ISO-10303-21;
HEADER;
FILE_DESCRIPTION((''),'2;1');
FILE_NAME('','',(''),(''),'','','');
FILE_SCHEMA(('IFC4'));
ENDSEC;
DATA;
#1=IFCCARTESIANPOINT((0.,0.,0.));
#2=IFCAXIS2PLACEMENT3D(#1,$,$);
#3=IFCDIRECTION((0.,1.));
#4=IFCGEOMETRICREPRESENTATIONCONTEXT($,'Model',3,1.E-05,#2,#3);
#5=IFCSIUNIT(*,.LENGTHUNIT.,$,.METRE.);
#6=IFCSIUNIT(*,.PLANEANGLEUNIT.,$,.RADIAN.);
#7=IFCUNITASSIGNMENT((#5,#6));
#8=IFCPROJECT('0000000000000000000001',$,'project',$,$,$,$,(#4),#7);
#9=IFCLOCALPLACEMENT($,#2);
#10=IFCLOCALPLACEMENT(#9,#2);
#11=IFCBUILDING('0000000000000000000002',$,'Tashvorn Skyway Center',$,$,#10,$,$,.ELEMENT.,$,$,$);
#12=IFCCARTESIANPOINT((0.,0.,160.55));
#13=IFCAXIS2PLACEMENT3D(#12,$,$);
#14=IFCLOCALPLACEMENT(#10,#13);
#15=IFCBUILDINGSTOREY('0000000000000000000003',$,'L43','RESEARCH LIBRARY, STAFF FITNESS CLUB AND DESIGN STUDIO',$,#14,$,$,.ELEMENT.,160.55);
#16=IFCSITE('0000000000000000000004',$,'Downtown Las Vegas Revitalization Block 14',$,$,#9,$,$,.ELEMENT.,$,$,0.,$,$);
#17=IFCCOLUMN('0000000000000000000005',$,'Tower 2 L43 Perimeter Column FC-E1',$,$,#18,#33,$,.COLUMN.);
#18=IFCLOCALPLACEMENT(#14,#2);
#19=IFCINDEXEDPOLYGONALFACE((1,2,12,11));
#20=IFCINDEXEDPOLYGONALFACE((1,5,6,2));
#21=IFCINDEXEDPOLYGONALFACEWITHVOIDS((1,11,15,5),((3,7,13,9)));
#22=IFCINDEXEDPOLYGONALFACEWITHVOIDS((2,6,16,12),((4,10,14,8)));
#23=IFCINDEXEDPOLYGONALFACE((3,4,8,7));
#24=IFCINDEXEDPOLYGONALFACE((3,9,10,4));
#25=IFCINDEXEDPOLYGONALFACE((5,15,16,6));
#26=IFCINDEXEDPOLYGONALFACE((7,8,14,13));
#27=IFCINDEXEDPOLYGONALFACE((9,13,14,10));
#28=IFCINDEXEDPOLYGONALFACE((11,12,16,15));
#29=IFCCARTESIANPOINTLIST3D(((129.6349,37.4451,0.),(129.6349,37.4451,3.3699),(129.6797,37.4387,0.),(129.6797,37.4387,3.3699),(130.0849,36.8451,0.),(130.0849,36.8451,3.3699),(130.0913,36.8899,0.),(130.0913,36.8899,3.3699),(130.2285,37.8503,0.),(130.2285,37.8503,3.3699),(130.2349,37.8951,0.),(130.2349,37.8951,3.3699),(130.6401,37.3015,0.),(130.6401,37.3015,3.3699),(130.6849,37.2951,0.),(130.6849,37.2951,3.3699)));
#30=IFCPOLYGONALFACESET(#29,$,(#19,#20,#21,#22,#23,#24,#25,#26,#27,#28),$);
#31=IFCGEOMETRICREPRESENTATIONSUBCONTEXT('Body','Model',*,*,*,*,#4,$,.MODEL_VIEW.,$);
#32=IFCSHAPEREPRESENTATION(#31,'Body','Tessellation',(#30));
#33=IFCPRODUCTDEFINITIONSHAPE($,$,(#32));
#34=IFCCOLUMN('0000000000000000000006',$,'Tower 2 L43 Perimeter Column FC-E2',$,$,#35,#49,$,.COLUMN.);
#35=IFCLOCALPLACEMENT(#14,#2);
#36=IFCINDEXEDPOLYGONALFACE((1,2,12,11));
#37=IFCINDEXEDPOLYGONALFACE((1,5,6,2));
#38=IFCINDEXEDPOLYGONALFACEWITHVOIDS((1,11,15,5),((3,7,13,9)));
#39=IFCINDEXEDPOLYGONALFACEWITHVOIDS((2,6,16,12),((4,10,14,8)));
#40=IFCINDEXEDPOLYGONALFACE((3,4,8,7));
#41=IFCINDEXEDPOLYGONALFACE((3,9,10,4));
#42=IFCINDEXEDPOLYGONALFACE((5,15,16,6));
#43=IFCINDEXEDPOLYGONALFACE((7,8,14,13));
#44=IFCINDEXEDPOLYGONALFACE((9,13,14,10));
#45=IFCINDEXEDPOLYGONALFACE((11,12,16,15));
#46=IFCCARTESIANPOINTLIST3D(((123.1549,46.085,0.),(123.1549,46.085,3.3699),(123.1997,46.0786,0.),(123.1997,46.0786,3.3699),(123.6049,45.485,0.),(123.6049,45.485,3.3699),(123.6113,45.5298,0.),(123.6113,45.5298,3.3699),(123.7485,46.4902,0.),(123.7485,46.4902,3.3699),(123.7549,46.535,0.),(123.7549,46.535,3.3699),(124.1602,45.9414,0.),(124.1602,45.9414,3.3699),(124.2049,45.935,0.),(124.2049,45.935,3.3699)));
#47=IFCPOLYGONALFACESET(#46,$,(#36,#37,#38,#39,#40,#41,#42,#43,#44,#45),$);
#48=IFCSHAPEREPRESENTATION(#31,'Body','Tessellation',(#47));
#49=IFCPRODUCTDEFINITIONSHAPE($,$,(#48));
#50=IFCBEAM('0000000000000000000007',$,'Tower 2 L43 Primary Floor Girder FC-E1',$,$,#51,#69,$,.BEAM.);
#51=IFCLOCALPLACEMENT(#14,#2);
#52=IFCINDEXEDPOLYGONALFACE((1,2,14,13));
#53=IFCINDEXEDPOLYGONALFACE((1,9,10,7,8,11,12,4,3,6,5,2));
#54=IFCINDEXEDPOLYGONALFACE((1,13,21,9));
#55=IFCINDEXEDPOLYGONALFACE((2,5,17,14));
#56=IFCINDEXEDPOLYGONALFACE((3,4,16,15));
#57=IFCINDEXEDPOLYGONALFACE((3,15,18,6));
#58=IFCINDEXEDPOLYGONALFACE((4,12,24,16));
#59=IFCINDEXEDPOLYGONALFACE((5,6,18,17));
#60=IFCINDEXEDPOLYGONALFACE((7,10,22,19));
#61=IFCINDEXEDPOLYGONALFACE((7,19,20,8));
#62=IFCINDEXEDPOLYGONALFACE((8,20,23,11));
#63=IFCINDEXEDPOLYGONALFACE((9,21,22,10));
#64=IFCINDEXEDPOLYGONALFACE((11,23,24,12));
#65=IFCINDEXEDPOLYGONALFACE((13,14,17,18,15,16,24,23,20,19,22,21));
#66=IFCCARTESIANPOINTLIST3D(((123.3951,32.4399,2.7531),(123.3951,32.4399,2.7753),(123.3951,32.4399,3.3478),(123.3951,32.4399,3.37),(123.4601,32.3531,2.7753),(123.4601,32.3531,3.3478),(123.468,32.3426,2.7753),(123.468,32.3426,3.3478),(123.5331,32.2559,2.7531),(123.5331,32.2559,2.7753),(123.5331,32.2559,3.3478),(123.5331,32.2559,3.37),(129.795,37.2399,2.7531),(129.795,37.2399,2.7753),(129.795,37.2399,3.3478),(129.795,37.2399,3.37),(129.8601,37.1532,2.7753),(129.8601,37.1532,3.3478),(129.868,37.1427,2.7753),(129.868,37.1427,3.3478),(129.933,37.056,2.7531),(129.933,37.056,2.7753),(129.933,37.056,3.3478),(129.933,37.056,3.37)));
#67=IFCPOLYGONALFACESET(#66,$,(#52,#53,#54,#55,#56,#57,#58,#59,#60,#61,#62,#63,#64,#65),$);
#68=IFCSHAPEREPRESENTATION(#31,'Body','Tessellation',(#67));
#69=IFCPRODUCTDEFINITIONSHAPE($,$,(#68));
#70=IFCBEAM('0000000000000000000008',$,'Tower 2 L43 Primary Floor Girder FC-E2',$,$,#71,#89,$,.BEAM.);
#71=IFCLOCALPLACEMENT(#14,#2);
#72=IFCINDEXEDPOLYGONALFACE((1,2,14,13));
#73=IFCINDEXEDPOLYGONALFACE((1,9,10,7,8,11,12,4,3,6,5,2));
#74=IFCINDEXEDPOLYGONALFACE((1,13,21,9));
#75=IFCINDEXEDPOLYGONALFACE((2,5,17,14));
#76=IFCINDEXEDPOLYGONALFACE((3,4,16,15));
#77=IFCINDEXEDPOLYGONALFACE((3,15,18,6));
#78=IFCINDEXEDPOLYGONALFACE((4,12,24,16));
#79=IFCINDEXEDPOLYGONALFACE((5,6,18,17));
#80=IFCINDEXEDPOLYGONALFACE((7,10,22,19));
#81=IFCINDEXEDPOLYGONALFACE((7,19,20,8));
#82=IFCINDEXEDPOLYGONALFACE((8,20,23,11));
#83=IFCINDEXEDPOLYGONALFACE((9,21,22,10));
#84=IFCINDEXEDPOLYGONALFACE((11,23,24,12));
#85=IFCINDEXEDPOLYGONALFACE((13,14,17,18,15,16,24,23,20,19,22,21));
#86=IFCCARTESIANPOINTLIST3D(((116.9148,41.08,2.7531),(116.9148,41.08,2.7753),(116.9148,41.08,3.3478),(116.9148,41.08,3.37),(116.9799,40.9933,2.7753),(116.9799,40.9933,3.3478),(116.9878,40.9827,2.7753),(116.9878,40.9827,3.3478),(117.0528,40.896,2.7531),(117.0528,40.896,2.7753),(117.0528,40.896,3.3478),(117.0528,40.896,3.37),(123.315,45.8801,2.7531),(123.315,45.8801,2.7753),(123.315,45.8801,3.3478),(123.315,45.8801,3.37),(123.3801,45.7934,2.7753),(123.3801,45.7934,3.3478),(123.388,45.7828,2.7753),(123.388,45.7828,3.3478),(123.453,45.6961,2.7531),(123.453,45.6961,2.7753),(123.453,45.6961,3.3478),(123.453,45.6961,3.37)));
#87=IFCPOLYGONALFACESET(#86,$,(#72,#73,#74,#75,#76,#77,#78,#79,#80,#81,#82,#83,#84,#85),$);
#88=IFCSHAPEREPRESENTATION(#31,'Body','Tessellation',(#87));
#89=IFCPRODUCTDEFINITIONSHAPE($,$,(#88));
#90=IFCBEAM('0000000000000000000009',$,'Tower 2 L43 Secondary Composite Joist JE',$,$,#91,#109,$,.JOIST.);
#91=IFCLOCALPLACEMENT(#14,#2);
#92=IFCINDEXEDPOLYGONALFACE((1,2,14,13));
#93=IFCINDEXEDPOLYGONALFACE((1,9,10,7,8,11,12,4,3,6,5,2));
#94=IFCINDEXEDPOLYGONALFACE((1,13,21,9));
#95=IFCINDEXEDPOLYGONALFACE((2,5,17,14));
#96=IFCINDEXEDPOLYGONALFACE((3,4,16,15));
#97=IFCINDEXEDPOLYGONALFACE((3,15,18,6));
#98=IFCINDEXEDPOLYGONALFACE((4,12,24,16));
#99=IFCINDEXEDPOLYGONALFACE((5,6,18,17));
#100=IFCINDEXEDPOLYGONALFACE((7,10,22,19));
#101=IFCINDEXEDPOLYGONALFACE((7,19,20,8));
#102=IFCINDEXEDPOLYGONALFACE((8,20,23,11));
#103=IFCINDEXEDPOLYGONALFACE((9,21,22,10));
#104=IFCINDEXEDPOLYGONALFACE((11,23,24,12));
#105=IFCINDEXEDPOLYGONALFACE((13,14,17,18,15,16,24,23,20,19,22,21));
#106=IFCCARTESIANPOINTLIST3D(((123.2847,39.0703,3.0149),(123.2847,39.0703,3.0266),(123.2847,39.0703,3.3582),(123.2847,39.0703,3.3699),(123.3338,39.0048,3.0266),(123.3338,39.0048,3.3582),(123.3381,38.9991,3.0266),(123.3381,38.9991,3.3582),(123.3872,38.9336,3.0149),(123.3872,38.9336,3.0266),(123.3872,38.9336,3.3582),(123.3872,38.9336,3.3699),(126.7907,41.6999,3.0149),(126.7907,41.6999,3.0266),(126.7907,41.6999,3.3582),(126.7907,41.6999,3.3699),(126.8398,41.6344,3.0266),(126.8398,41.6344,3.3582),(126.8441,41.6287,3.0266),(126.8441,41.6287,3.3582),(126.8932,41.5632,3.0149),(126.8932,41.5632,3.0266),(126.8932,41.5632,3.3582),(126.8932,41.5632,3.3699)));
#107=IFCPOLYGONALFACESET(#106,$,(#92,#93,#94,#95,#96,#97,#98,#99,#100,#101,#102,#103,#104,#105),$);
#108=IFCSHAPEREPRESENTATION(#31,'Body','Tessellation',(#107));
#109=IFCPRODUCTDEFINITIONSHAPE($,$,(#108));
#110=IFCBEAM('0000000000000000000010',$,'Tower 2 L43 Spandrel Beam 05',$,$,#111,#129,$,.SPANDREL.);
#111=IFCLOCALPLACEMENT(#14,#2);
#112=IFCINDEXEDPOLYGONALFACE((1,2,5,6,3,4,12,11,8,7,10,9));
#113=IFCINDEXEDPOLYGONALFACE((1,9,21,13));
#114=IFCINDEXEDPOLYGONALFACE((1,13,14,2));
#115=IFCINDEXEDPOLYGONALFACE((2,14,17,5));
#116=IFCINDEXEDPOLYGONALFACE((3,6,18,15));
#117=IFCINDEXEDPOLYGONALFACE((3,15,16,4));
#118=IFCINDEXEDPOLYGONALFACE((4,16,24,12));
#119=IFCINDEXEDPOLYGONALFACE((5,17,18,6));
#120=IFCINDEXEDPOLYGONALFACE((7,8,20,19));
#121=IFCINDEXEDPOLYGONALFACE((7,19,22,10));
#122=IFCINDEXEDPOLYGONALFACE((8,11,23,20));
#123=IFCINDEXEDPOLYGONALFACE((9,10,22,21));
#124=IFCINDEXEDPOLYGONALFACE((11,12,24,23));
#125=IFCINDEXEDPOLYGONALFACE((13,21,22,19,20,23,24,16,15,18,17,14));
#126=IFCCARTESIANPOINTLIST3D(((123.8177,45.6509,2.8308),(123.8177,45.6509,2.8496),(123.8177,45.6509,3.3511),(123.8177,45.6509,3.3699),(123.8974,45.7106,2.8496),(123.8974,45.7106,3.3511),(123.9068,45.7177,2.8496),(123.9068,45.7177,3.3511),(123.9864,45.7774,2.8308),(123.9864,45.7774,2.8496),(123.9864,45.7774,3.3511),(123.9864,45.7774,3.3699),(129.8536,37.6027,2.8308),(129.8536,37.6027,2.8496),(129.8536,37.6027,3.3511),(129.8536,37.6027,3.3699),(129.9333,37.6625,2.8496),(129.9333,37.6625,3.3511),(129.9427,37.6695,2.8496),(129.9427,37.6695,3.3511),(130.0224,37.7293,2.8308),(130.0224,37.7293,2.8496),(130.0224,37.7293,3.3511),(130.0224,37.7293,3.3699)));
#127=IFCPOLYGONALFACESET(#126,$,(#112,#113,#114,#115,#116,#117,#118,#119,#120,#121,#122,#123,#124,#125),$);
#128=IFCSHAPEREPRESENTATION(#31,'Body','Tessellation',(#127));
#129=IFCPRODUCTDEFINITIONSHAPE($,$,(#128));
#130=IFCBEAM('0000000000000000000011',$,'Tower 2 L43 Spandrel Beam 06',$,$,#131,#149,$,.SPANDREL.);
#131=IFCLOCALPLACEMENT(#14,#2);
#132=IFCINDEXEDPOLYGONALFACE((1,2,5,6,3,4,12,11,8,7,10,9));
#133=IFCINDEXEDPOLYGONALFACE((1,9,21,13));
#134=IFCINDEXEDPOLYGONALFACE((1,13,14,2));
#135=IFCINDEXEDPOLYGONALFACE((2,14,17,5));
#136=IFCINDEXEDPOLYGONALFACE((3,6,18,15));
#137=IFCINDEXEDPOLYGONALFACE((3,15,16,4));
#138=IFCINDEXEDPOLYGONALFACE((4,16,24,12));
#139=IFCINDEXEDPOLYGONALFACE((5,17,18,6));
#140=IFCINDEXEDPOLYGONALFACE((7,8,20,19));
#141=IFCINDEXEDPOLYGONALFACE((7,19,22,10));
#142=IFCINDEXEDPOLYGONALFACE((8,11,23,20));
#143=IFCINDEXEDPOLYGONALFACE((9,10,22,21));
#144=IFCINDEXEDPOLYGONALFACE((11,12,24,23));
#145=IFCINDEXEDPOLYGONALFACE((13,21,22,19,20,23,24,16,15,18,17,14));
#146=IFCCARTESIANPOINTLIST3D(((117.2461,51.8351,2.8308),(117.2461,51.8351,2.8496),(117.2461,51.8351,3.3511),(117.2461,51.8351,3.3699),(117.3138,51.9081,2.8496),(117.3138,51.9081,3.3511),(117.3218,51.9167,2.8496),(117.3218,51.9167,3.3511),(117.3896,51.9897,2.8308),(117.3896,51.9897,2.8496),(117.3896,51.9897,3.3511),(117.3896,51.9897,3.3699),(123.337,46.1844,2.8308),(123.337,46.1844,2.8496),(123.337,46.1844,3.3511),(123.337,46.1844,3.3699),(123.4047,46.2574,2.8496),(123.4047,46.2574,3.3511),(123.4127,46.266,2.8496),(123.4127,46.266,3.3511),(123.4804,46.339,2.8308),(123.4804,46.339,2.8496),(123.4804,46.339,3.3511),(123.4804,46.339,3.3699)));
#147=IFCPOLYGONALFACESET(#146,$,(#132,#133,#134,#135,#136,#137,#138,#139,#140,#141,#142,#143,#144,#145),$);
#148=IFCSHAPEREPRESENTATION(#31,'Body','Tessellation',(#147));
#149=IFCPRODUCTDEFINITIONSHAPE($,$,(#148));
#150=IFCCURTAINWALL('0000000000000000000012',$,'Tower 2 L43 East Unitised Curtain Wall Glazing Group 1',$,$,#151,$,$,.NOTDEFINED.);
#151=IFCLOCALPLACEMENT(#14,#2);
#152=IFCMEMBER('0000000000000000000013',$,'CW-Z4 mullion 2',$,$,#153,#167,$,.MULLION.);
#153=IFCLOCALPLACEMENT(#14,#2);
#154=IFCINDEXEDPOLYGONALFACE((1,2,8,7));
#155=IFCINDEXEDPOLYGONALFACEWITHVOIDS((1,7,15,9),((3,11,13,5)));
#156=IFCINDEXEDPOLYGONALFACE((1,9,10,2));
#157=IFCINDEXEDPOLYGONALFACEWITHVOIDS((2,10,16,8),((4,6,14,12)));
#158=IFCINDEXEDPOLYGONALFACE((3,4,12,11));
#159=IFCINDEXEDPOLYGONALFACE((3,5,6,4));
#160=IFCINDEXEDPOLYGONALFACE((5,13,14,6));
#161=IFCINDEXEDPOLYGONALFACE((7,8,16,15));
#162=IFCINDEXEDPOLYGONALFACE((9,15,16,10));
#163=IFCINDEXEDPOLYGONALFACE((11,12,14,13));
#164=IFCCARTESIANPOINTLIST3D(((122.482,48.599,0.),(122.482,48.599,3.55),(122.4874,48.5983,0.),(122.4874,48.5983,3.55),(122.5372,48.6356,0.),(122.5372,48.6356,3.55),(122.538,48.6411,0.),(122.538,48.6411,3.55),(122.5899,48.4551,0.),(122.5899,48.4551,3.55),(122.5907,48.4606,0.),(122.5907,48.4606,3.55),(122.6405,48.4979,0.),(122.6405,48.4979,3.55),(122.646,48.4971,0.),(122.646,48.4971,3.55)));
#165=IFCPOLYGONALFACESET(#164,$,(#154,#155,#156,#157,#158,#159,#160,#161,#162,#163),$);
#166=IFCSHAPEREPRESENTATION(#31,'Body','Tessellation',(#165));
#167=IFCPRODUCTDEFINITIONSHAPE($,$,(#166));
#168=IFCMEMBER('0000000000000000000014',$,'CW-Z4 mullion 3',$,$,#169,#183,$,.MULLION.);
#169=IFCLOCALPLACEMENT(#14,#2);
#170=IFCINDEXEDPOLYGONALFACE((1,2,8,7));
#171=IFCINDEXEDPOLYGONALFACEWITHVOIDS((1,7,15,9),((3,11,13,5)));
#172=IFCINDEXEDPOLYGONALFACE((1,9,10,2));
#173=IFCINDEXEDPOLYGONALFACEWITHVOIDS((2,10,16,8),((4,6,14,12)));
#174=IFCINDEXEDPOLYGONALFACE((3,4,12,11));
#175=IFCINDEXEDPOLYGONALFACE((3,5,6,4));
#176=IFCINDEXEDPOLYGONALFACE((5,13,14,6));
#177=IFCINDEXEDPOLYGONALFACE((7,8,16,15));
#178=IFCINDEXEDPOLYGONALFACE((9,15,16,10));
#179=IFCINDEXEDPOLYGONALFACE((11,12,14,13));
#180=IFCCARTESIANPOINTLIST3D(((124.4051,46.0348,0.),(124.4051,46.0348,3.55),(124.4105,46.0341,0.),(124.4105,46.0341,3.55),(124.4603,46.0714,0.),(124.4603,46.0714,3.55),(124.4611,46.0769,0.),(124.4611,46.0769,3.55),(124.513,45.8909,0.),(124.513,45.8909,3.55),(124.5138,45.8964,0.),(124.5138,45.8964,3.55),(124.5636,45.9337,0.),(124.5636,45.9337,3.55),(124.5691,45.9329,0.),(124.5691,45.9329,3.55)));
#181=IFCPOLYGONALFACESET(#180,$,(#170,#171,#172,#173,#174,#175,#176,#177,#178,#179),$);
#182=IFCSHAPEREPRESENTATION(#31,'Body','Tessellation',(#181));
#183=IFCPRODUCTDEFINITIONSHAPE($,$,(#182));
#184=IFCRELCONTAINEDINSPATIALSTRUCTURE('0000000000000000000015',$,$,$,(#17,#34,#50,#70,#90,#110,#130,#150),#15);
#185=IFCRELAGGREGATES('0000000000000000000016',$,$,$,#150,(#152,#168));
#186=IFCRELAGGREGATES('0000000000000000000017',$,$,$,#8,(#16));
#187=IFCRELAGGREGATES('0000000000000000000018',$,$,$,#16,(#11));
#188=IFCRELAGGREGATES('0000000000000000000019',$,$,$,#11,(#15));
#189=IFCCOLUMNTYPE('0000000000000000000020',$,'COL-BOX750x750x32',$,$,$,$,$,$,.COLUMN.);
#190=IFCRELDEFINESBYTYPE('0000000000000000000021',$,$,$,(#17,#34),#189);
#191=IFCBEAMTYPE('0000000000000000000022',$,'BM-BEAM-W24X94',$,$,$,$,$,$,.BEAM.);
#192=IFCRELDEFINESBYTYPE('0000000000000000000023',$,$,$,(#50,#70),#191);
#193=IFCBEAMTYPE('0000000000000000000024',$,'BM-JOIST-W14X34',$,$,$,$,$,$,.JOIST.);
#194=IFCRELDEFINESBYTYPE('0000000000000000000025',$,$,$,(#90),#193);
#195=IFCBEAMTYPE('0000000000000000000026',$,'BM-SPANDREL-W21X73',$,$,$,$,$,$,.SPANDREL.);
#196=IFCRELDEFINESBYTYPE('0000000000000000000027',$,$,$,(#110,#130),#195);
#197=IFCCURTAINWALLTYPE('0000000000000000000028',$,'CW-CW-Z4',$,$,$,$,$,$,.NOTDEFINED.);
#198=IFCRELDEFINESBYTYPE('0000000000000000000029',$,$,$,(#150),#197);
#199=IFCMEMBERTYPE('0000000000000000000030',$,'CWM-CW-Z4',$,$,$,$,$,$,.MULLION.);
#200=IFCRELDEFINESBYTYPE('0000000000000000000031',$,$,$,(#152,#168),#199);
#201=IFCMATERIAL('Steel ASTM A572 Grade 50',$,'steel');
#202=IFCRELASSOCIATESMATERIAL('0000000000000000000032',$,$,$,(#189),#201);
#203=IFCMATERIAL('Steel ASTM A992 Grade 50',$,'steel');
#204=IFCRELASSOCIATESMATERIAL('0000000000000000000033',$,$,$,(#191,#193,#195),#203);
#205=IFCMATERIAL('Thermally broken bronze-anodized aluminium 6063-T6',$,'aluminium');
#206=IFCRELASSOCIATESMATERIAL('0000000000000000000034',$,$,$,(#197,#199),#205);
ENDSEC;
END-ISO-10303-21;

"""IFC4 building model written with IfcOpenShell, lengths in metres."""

from ifc_helpers import new_model, si_unit, direction, frame, origin, origin_2d, place, context, subcontext, project, spatial, hollow_rectangle, i_section, extrude, material, material_profile, profile_set, type_object, element, aggregate, save


model = new_model("IFC4")

# Units and contexts
model_context = context("Model", 3, precision=1e-05, world=origin(), true_north=direction((0.0, 1.0)))
body_context = subcontext(model_context, "Body", "Model", "MODEL_VIEW")
ifc_project = project(units=[si_unit("LENGTHUNIT", "METRE"), si_unit("PLANEANGLEUNIT", "RADIAN")], contexts=[model_context])

# Site, building, storey
site_placement = place(None, origin())
site = spatial("IfcSite", under=ifc_project, at=site_placement, Name="Downtown Las Vegas Revitalization Block 14", CompositionType="ELEMENT", RefElevation=0.0)
building_placement = place(site_placement, origin())
building = spatial("IfcBuilding", under=site, at=building_placement, Name="Tashvorn Skyway Center", CompositionType="ELEMENT")
storey_placement = place(building_placement, frame((0.0, 0.0, 160.55)))
storey = spatial("IfcBuildingStorey", under=building, at=storey_placement, Name="L43", Description="RESEARCH LIBRARY, STAFF FITNESS CLUB AND DESIGN STUDIO", CompositionType="ELEMENT", Elevation=160.55)

# Columns
ifc_material_1 = material(Name="Steel ASTM A572 Grade 50", Category="steel")
ifc_material_profile_1 = material_profile(ifc_material_1, hollow_rectangle(XDim=0.75, YDim=0.75, WallThickness=0.032, at=origin_2d()), Name="BOX750x750x32")
ifc_profile_set_1 = profile_set([ifc_material_profile_1], Name="Steel ASTM A572 Grade 50")
column_type = type_object("IfcColumnType", Name="COL-BOX750x750x32", PredefinedType="COLUMN", material=ifc_profile_set_1)
for number, where, z_axis, x_axis, name in (
    (1, (130.1599, 37.3701, 0.0), (0.0, 0.0, 1.0), (0.8, 0.6, 0.0), "Tower 2 L43 Perimeter Column FC-E1"),
    (2, (123.6799, 46.01, 0.0), (0.0, 0.0, 1.0), (0.8, 0.6, 0.0), "Tower 2 L43 Perimeter Column FC-E2"),
):
    element("IfcColumn", number, at=place(storey_placement, frame(where, z_axis=z_axis, x_axis=x_axis)), inside=storey, type_object=column_type, Name=name, PredefinedType="COLUMN", context=body_context, shape_type="SweptSolid", body=[
        extrude(hollow_rectangle(XDim=0.75, YDim=0.75, WallThickness=0.032, at=origin_2d()), origin(), (0.0, 0.0, 1.0), 3.3699),
    ])

# Beams
ifc_material_2 = material(Name="Steel ASTM A992 Grade 50", Category="steel")
ifc_material_profile_2 = material_profile(ifc_material_2, i_section(OverallWidth=0.23, OverallDepth=0.6169, WebThickness=0.0132, FlangeThickness=0.0222, at=origin_2d()), Name="W24X94")
ifc_profile_set_2 = profile_set([ifc_material_profile_2], Name="Steel ASTM A992 Grade 50")
beam_type_1 = type_object("IfcBeamType", Name="BM-BEAM-W24X94", PredefinedType="BEAM", material=ifc_profile_set_2)
beam_1_placement = place(storey_placement, frame((129.864, 37.1479, 3.0615), z_axis=(-0.799993, -0.60001, 0.0), x_axis=(0.60001, -0.799993, 0.0)))
element("IfcBeam", 3, at=beam_1_placement, inside=storey, type_object=beam_type_1, Name="Tower 2 L43 Primary Floor Girder FC-E1", PredefinedType="BEAM", context=body_context, shape_type="SweptSolid", body=[
    extrude(i_section(OverallWidth=0.23, OverallDepth=0.6169, WebThickness=0.0132, FlangeThickness=0.0222, at=origin_2d()), origin(), (0.0, 0.0, 1.0), 8.0),
])
beam_2_placement = place(storey_placement, frame((123.384, 45.7881, 3.0615), z_axis=(-0.800004, -0.599995, 0.0), x_axis=(0.599995, -0.800004, 0.0)))
element("IfcBeam", 4, at=beam_2_placement, inside=storey, type_object=beam_type_1, Name="Tower 2 L43 Primary Floor Girder FC-E2", PredefinedType="BEAM", context=body_context, shape_type="SweptSolid", body=[
    extrude(i_section(OverallWidth=0.23, OverallDepth=0.6169, WebThickness=0.0132, FlangeThickness=0.0222, at=origin_2d()), origin(), (0.0, 0.0, 1.0), 8.0002),
])
ifc_material_profile_3 = material_profile(ifc_material_2, i_section(OverallWidth=0.1709, OverallDepth=0.355, WebThickness=0.0071, FlangeThickness=0.0117, at=origin_2d()), Name="W14X34")
ifc_profile_set_3 = profile_set([ifc_material_profile_3], Name="Steel ASTM A992 Grade 50")
beam_type_2 = type_object("IfcBeamType", Name="BM-JOIST-W14X34", PredefinedType="JOIST", material=ifc_profile_set_3)
beam_3_placement = place(storey_placement, frame((123.3359, 39.002, 3.1924), z_axis=(0.799993, 0.600009, 0.0), x_axis=(-0.600009, 0.799993, 0.0)))
element("IfcBeam", 5, at=beam_3_placement, inside=storey, type_object=beam_type_2, Name="Tower 2 L43 Secondary Composite Joist JE", PredefinedType="JOIST", context=body_context, shape_type="SweptSolid", body=[
    extrude(i_section(OverallWidth=0.1709, OverallDepth=0.355, WebThickness=0.0071, FlangeThickness=0.0117, at=origin_2d()), origin(), (0.0, 0.0, 1.0), 4.3826),
])
ifc_material_profile_4 = material_profile(ifc_material_2, i_section(OverallWidth=0.2109, OverallDepth=0.5391, WebThickness=0.0117, FlangeThickness=0.0188, at=origin_2d()), Name="W21X73")
ifc_profile_set_4 = profile_set([ifc_material_profile_4], Name="Steel ASTM A992 Grade 50")
beam_type_3 = type_object("IfcBeamType", Name="BM-SPANDREL-W21X73", PredefinedType="SPANDREL", material=ifc_profile_set_4)
beam_4_placement = place(storey_placement, frame((129.938, 37.666, 3.1003), z_axis=(-0.599988, 0.800009, 0.0), x_axis=(-0.800009, -0.599988, 0.0)))
element("IfcBeam", 6, at=beam_4_placement, inside=storey, type_object=beam_type_3, Name="Tower 2 L43 Spandrel Beam 05", PredefinedType="SPANDREL", context=body_context, shape_type="SweptSolid", body=[
    extrude(i_section(OverallWidth=0.2109, OverallDepth=0.5391, WebThickness=0.0117, FlangeThickness=0.0188, at=origin_2d()), origin(), (0.0, 0.0, 1.0), 10.0601),
])
beam_5_placement = place(storey_placement, frame((123.4087, 46.2617, 3.1003), z_axis=(-0.733101, 0.68012, 0.0), x_axis=(-0.68012, -0.733101, 0.0)))
element("IfcBeam", 7, at=beam_5_placement, inside=storey, type_object=beam_type_3, Name="Tower 2 L43 Spandrel Beam 06", PredefinedType="SPANDREL", context=body_context, shape_type="SweptSolid", body=[
    extrude(i_section(OverallWidth=0.2109, OverallDepth=0.5391, WebThickness=0.0117, FlangeThickness=0.0188, at=origin_2d()), origin(), (0.0, 0.0, 1.0), 8.3083),
])

# Curtain wall, members
ifc_material_3 = material(Name="Thermally broken bronze-anodized aluminium 6063-T6", Category="aluminium")
curtain_wall_type = type_object("IfcCurtainWallType", Name="CW-CW-Z4", PredefinedType="NOTDEFINED", material=ifc_material_3)
curtain_wall_1_placement = place(storey_placement, origin())
curtain_wall_1 = element("IfcCurtainWall", 8, at=curtain_wall_1_placement, inside=storey, type_object=curtain_wall_type, Name="Tower 2 L43 East Unitised Curtain Wall Glazing Group 1", PredefinedType="NOTDEFINED")
ifc_material_profile_5 = material_profile(ifc_material_3, hollow_rectangle(XDim=0.0701, YDim=0.1799, WallThickness=0.0039, at=origin_2d()), Name="ALU-MULL-70x180")
ifc_profile_set_5 = profile_set([ifc_material_profile_5], Name="Thermally broken bronze-anodized aluminium 6063-T6")
member_type_1 = type_object("IfcMemberType", Name="CWM-CW-Z4", PredefinedType="MULLION", material=ifc_profile_set_5)
member_1_placement = place(storey_placement, frame((122.564, 48.5481, 0.0), z_axis=(0.0, 0.0, 1.0), x_axis=(0.8, 0.6, 0.0)))
member_1 = element("IfcMember", 9, at=member_1_placement, type_object=member_type_1, Name="CW-Z4 mullion 2", PredefinedType="MULLION", context=body_context, shape_type="SweptSolid", body=[
    extrude(hollow_rectangle(XDim=0.0701, YDim=0.1799, WallThickness=0.0039, at=origin_2d()), origin(), (0.0, 0.0, 1.0), 3.55),
])
member_2_placement = place(storey_placement, frame((124.4871, 45.9839, 0.0), z_axis=(0.0, 0.0, 1.0), x_axis=(0.8, 0.6, 0.0)))
member_2 = element("IfcMember", 10, at=member_2_placement, type_object=member_type_1, Name="CW-Z4 mullion 3", PredefinedType="MULLION", context=body_context, shape_type="SweptSolid", body=[
    extrude(hollow_rectangle(XDim=0.0701, YDim=0.1799, WallThickness=0.0039, at=origin_2d()), origin(), (0.0, 0.0, 1.0), 3.55),
])

aggregate(curtain_wall_1, [member_1, member_2])

save(model, "model.ifc")
